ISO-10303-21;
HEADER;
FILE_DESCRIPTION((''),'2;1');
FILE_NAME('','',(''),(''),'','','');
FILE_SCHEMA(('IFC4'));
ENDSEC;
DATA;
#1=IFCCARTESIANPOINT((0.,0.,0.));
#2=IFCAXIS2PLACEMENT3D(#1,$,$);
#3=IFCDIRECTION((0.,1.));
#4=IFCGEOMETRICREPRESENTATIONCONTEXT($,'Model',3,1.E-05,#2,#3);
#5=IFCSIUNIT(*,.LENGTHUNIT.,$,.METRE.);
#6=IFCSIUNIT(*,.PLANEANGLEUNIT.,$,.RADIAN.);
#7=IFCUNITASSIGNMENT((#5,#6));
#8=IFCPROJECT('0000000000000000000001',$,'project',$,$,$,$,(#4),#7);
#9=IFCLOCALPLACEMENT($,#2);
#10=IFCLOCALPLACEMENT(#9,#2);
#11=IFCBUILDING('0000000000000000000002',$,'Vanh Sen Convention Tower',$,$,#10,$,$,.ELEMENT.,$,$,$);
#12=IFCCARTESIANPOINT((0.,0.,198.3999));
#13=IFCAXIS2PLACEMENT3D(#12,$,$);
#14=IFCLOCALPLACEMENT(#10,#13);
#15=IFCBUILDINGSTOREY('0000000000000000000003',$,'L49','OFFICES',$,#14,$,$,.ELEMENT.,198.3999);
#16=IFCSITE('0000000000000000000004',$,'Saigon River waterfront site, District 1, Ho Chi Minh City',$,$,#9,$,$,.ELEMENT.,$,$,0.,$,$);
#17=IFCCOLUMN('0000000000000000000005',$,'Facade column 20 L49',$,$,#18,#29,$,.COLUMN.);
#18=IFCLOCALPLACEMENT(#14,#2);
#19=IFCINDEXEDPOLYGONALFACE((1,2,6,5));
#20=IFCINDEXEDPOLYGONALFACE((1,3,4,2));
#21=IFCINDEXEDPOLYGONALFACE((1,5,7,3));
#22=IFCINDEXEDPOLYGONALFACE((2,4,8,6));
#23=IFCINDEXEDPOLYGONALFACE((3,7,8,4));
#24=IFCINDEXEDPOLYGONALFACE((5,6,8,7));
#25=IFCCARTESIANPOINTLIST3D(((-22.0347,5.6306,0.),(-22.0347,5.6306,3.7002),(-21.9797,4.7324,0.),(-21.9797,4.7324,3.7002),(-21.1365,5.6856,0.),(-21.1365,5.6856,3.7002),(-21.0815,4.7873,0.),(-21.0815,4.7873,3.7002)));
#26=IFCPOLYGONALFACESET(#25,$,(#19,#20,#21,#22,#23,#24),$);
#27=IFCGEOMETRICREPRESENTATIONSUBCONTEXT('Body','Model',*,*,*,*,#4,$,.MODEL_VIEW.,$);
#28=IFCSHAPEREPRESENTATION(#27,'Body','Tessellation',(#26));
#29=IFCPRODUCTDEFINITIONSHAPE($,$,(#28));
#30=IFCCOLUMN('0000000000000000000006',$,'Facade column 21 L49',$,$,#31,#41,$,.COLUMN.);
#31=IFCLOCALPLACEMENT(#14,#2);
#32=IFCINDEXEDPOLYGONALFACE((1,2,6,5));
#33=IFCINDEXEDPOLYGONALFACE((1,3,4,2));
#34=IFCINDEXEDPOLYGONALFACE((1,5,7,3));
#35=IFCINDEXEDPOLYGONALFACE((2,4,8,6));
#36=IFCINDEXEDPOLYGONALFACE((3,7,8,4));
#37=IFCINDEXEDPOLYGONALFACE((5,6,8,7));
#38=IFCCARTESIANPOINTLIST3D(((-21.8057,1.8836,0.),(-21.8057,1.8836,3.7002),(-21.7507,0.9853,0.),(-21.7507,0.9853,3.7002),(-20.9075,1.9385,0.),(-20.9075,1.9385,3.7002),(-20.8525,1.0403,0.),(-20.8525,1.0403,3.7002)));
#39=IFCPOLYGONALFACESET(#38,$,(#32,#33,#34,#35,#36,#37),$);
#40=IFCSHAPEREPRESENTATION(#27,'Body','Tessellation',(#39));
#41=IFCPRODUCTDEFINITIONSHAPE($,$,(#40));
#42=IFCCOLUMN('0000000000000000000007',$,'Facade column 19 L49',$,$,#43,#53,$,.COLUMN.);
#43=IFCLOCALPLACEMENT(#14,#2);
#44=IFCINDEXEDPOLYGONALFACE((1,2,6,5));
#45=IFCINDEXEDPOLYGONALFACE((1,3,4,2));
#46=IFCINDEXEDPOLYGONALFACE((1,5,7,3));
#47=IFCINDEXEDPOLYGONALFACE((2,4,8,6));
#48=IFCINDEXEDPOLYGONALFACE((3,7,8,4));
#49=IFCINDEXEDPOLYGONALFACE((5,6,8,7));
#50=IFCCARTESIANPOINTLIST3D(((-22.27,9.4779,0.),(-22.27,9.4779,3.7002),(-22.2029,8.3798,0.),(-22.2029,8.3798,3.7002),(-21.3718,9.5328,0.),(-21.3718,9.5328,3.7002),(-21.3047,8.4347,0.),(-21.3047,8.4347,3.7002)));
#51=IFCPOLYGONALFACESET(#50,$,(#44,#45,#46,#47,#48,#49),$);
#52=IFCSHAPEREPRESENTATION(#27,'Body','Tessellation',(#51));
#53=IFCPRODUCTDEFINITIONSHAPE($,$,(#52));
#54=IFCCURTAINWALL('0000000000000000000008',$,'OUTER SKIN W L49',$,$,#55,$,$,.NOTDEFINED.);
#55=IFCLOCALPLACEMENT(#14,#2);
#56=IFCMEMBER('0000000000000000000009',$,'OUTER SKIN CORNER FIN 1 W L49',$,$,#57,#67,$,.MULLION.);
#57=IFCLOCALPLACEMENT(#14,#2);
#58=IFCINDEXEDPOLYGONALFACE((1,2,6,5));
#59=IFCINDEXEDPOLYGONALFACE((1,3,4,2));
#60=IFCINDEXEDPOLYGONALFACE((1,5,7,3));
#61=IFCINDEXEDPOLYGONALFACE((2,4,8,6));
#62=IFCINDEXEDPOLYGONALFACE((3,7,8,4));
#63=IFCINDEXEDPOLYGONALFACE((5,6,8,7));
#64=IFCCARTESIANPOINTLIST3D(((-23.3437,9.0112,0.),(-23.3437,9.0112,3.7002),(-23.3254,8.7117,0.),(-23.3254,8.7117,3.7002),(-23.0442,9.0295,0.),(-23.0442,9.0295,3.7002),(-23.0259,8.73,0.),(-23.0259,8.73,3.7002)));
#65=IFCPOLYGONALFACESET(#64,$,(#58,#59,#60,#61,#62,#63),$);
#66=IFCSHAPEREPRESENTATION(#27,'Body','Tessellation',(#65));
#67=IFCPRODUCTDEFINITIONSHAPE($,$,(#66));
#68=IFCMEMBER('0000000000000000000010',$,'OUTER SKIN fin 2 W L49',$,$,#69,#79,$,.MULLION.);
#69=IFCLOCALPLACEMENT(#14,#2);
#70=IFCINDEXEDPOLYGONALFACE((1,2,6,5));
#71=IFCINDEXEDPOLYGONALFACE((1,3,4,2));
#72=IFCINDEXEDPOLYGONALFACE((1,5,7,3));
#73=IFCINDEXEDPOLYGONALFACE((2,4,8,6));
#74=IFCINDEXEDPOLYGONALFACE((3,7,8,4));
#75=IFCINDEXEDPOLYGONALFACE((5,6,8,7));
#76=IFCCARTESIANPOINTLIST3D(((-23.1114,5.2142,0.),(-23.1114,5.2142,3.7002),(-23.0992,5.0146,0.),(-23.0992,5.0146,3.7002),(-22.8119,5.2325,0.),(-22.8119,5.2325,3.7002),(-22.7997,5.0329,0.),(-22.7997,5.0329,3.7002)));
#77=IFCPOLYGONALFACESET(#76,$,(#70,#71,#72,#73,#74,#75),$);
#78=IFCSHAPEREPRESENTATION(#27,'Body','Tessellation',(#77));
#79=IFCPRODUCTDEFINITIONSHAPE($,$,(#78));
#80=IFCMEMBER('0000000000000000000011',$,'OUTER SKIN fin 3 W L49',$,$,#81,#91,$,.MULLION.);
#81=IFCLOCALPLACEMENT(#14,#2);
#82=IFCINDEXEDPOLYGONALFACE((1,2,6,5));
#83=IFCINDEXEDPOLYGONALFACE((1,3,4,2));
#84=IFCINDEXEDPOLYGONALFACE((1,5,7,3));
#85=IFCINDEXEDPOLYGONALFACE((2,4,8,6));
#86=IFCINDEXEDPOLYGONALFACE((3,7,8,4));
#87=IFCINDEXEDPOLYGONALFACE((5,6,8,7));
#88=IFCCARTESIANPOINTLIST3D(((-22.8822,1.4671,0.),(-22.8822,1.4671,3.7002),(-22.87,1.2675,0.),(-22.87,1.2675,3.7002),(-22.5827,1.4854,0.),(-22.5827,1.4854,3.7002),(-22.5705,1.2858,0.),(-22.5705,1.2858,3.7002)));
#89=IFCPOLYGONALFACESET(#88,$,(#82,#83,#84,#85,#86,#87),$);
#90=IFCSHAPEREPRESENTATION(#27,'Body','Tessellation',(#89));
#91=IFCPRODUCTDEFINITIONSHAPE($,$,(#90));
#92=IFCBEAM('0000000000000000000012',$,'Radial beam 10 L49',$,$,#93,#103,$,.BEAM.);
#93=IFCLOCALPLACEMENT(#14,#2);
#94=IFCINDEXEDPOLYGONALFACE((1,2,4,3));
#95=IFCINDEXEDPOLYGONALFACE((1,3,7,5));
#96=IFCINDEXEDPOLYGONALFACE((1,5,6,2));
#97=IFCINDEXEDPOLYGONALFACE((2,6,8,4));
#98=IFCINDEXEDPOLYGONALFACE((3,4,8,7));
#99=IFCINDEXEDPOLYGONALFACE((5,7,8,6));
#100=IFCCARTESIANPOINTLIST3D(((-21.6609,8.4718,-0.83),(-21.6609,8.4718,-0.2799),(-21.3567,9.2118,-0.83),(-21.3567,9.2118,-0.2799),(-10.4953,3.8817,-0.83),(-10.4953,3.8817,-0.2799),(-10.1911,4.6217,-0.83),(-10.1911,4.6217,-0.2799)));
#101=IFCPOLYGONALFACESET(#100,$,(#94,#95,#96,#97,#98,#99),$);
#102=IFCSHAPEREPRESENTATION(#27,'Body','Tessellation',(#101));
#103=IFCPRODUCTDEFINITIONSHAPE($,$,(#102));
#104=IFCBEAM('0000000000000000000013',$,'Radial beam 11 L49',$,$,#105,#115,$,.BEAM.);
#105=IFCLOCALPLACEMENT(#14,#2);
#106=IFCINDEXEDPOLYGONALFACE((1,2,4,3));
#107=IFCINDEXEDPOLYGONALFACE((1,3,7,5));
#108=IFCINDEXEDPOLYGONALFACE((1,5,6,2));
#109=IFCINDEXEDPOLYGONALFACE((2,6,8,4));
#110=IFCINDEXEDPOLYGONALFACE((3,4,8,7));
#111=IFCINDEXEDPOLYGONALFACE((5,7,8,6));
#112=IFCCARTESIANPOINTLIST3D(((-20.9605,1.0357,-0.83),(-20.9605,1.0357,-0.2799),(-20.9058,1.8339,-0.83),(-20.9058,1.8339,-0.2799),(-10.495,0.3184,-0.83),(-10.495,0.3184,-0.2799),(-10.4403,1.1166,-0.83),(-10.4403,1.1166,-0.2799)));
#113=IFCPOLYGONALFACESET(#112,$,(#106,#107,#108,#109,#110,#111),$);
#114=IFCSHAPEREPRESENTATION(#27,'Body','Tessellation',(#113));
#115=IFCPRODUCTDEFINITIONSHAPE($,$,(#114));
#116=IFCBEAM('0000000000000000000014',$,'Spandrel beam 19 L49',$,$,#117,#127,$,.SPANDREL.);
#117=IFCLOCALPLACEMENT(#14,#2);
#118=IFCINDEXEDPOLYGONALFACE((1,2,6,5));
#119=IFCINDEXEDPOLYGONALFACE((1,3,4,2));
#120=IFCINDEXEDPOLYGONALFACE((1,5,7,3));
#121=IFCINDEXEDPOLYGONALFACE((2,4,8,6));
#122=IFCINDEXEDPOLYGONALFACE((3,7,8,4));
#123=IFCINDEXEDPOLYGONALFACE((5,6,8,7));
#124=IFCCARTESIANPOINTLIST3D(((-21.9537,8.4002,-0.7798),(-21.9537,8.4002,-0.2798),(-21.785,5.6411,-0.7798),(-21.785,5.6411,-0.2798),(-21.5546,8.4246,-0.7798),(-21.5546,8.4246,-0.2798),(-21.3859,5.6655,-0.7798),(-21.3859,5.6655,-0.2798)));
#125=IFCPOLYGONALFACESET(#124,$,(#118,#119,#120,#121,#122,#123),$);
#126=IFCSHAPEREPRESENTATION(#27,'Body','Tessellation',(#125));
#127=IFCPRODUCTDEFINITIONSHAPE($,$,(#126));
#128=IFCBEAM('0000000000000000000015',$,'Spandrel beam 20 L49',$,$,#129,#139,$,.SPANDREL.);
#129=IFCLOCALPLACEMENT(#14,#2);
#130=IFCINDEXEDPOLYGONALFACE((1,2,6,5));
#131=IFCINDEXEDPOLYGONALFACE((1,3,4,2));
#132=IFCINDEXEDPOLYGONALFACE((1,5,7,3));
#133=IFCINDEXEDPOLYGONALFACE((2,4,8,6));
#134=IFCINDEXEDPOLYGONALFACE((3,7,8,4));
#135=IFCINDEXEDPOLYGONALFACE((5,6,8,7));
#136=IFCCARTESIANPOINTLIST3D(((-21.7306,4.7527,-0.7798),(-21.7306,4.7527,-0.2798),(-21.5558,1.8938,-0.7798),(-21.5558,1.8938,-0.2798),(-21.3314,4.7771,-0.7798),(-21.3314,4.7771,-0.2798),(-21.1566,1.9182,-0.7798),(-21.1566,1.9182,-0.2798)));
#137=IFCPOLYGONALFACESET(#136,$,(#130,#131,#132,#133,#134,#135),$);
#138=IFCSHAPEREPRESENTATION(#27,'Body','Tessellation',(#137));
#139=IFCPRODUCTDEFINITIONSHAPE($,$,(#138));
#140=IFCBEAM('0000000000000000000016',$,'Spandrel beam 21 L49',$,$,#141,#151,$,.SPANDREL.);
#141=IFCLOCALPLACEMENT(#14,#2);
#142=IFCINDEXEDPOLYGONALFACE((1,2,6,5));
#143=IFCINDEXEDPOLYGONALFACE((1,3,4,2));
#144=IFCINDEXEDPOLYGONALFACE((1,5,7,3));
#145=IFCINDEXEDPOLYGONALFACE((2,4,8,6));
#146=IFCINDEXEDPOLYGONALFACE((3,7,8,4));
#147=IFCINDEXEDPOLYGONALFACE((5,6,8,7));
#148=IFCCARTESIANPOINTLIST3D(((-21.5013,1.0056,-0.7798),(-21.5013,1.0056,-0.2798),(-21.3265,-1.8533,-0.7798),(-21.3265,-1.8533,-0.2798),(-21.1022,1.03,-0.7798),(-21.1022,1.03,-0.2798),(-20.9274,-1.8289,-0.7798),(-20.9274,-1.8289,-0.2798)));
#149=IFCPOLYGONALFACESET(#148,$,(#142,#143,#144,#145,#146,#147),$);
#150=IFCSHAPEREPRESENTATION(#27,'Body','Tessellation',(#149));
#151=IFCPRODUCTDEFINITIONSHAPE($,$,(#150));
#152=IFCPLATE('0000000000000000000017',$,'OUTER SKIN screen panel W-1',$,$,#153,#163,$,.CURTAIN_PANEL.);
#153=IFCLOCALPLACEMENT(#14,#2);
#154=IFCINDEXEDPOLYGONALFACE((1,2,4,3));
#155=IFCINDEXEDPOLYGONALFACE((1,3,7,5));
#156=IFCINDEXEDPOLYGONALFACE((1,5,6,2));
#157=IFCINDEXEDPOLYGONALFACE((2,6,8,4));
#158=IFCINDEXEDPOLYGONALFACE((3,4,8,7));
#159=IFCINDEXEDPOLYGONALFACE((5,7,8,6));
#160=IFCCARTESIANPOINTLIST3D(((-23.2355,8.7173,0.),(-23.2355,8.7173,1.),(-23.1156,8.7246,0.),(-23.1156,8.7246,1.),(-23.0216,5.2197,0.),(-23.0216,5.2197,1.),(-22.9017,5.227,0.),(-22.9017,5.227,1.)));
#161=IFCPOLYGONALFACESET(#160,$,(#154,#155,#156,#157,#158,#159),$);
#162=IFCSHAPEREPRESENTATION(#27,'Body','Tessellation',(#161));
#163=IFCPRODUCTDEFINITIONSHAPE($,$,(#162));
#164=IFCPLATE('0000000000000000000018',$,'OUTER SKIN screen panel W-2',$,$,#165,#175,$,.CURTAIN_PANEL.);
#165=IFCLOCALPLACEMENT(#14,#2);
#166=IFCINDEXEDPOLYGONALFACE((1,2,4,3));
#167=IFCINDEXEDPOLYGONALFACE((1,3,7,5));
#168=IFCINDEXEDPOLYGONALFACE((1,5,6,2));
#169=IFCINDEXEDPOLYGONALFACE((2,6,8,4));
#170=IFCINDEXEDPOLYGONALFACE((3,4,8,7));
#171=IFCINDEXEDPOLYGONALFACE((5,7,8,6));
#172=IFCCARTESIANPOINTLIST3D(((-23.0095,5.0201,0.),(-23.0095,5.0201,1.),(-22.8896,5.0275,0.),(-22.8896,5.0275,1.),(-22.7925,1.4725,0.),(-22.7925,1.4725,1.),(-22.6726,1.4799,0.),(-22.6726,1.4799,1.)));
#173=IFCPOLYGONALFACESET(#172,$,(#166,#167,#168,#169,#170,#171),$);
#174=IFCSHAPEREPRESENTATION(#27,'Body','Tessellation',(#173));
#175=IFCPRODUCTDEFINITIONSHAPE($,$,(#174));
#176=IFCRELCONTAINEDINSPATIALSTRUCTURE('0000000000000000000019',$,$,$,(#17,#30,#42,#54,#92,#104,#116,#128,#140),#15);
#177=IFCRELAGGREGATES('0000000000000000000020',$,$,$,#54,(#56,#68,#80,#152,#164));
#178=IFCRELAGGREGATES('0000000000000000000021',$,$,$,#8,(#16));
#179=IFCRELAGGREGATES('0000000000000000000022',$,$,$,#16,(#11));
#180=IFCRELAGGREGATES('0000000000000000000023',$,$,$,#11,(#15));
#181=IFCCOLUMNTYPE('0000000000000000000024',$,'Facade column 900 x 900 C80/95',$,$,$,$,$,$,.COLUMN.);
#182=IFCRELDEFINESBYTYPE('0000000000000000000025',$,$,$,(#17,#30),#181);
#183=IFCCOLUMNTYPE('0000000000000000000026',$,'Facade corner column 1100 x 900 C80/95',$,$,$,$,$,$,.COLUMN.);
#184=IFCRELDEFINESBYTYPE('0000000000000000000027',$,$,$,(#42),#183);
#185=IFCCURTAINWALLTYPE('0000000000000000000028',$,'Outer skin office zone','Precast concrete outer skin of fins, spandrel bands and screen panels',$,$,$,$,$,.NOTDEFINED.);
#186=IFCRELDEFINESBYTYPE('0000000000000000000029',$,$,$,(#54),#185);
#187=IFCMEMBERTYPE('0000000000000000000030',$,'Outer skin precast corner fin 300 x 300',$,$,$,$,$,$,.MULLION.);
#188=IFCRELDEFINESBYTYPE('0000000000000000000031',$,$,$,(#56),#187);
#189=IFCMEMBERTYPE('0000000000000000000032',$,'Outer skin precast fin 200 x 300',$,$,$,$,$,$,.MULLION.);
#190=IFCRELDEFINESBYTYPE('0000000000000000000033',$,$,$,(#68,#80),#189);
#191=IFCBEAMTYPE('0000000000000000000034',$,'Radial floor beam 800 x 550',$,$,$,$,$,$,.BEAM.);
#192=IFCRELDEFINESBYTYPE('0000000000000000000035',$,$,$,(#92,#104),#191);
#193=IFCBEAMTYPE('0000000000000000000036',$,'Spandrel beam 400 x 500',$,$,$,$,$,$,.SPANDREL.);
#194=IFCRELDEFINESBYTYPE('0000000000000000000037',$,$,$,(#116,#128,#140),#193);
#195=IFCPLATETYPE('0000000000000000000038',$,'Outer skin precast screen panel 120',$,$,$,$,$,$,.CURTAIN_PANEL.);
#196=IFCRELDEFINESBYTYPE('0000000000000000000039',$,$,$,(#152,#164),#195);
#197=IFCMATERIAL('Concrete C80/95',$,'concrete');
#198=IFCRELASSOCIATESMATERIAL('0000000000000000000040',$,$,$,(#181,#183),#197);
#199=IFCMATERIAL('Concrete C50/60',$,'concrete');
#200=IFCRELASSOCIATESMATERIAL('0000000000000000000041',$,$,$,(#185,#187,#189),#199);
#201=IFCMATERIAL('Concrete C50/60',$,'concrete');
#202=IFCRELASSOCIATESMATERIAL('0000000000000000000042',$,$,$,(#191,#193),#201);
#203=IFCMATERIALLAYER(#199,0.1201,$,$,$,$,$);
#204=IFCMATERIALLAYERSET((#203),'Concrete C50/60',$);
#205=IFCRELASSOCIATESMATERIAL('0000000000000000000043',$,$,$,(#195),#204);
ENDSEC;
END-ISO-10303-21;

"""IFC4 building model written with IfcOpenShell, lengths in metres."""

from ifc_helpers import new_model, si_unit, direction, frame, origin, origin_2d, place, context, subcontext, project, spatial, rectangle, extrude, material, layer, layer_set, material_profile, profile_set, type_object, element, aggregate, save


model = new_model("IFC4")

# Units and contexts
model_context = context("Model", 3, precision=1e-05, world=origin(), true_north=direction((0.0, 1.0)))
body_context = subcontext(model_context, "Body", "Model", "MODEL_VIEW")
ifc_project = project(units=[si_unit("LENGTHUNIT", "METRE"), si_unit("PLANEANGLEUNIT", "RADIAN")], contexts=[model_context])

# Site, building, storey
site_placement = place(None, origin())
site = spatial("IfcSite", under=ifc_project, at=site_placement, Name="Saigon River waterfront site, District 1, Ho Chi Minh City", CompositionType="ELEMENT", RefElevation=0.0)
building_placement = place(site_placement, origin())
building = spatial("IfcBuilding", under=site, at=building_placement, Name="Vanh Sen Convention Tower", CompositionType="ELEMENT")
storey_placement = place(building_placement, frame((0.0, 0.0, 198.3999)))
storey = spatial("IfcBuildingStorey", under=building, at=storey_placement, Name="L49", Description="OFFICES", CompositionType="ELEMENT", Elevation=198.3999)

# Columns
ifc_material_1 = material(Name="Concrete C80/95", Category="concrete")
ifc_material_profile_1 = material_profile(ifc_material_1, rectangle(XDim=0.8999, YDim=0.8999, at=origin_2d()), Name="RC 900X900")
ifc_profile_set_1 = profile_set([ifc_material_profile_1], Name="Concrete C80/95")
column_type_1 = type_object("IfcColumnType", Name="Facade column 900 x 900 C80/95", PredefinedType="COLUMN", material=ifc_profile_set_1)
for number, where, z_axis, x_axis, name in (
    (1, (-21.5581, 5.209, 0.0), (0.0, 0.0, 1.0), (0.061049, -0.998135, 0.0), "Facade column 20 L49"),
    (2, (-21.3291, 1.4619, 0.0), (0.0, 0.0, 1.0), (0.061049, -0.998135, 0.0), "Facade column 21 L49"),
):
    element("IfcColumn", number, at=place(storey_placement, frame(where, z_axis=z_axis, x_axis=x_axis)), inside=storey, type_object=column_type_1, Name=name, PredefinedType="COLUMN", context=body_context, shape_type="SweptSolid", body=[
        extrude(rectangle(XDim=0.8999, YDim=0.8999, at=origin_2d()), origin(), (0.0, 0.0, 1.0), 3.7002),
    ])
ifc_material_profile_2 = material_profile(ifc_material_1, rectangle(XDim=1.1001, YDim=0.8999, at=origin_2d()), Name="RC 1100X900")
ifc_profile_set_2 = profile_set([ifc_material_profile_2], Name="Concrete C80/95")
column_type_2 = type_object("IfcColumnType", Name="Facade corner column 1100 x 900 C80/95", PredefinedType="COLUMN", material=ifc_profile_set_2)
column_placement = place(storey_placement, frame((-21.7874, 8.9563, 0.0), z_axis=(0.0, 0.0, 1.0), x_axis=(0.061049, -0.998135, 0.0)))
element("IfcColumn", 3, at=column_placement, inside=storey, type_object=column_type_2, Name="Facade column 19 L49", PredefinedType="COLUMN", context=body_context, shape_type="SweptSolid", body=[
    extrude(rectangle(XDim=1.1001, YDim=0.8999, at=origin_2d()), origin(), (0.0, 0.0, 1.0), 3.7002),
])

# Curtain wall, members
ifc_material_2 = material(Name="Concrete C50/60", Category="concrete")
curtain_wall_type = type_object("IfcCurtainWallType", Name="Outer skin office zone", Description="Precast concrete outer skin of fins, spandrel bands and screen panels", PredefinedType="NOTDEFINED", material=ifc_material_2)
curtain_wall_placement = place(storey_placement, origin())
curtain_wall = element("IfcCurtainWall", 4, at=curtain_wall_placement, inside=storey, type_object=curtain_wall_type, Name="OUTER SKIN W L49", PredefinedType="NOTDEFINED")
ifc_material_profile_3 = material_profile(ifc_material_2, rectangle(XDim=0.3, YDim=0.3, at=origin_2d()), Name="Outer skin precast corner fin 300 x 300")
ifc_profile_set_3 = profile_set([ifc_material_profile_3], Name="Concrete C50/60")
member_type_1 = type_object("IfcMemberType", Name="Outer skin precast corner fin 300 x 300", PredefinedType="MULLION", material=ifc_profile_set_3)
member_1_placement = place(storey_placement, frame((-23.1848, 8.8706, 0.0), z_axis=(0.0, 0.0, 1.0), x_axis=(0.061049, -0.998135, 0.0)))
member_1 = element("IfcMember", 5, at=member_1_placement, type_object=member_type_1, Name="OUTER SKIN CORNER FIN 1 W L49", PredefinedType="MULLION", context=body_context, shape_type="SweptSolid", body=[
    extrude(rectangle(XDim=0.3, YDim=0.3, at=origin_2d()), origin(), (0.0, 0.0, 1.0), 3.7002),
])
ifc_material_profile_4 = material_profile(ifc_material_2, rectangle(XDim=0.2, YDim=0.3, at=origin_2d()), Name="Outer skin precast fin 200 x 300")
ifc_profile_set_4 = profile_set([ifc_material_profile_4], Name="Concrete C50/60")
member_type_2 = type_object("IfcMemberType", Name="Outer skin precast fin 200 x 300", PredefinedType="MULLION", material=ifc_profile_set_4)
member_2_placement = place(storey_placement, frame((-22.9556, 5.1235, 0.0), z_axis=(0.0, 0.0, 1.0), x_axis=(0.061049, -0.998135, 0.0)))
member_2 = element("IfcMember", 6, at=member_2_placement, type_object=member_type_2, Name="OUTER SKIN fin 2 W L49", PredefinedType="MULLION", context=body_context, shape_type="SweptSolid", body=[
    extrude(rectangle(XDim=0.2, YDim=0.3, at=origin_2d()), origin(), (0.0, 0.0, 1.0), 3.7002),
])
member_3_placement = place(storey_placement, frame((-22.7263, 1.3765, 0.0), z_axis=(0.0, 0.0, 1.0), x_axis=(0.061049, -0.998135, 0.0)))
member_3 = element("IfcMember", 7, at=member_3_placement, type_object=member_type_2, Name="OUTER SKIN fin 3 W L49", PredefinedType="MULLION", context=body_context, shape_type="SweptSolid", body=[
    extrude(rectangle(XDim=0.2, YDim=0.3, at=origin_2d()), origin(), (0.0, 0.0, 1.0), 3.7002),
])

# Beams
ifc_material_3 = material(Name="Concrete C50/60", Category="concrete")
ifc_material_profile_5 = material_profile(ifc_material_3, rectangle(XDim=0.8, YDim=0.55, at=origin_2d()), Name="RC 800X550")
ifc_profile_set_5 = profile_set([ifc_material_profile_5], Name="Concrete C50/60")
beam_type_1 = type_object("IfcBeamType", Name="Radial floor beam 800 x 550", PredefinedType="BEAM", material=ifc_profile_set_5)
beam_1_placement = place(storey_placement, frame((-21.5088, 8.8418, -0.5549), z_axis=(0.924896, -0.38022, 0.0), x_axis=(0.38022, 0.924896, 0.0)))
element("IfcBeam", 8, at=beam_1_placement, inside=storey, type_object=beam_type_1, Name="Radial beam 10 L49", PredefinedType="BEAM", context=body_context, shape_type="SweptSolid", body=[
    extrude(rectangle(XDim=0.8, YDim=0.55, at=origin_2d()), origin(), (0.0, 0.0, 1.0), 12.0723),
])
beam_2_placement = place(storey_placement, frame((-20.9331, 1.4348, -0.5549), z_axis=(0.997659, -0.068379, 0.0), x_axis=(0.068379, 0.997659, 0.0)))
element("IfcBeam", 9, at=beam_2_placement, inside=storey, type_object=beam_type_1, Name="Radial beam 11 L49", PredefinedType="BEAM", context=body_context, shape_type="SweptSolid", body=[
    extrude(rectangle(XDim=0.8, YDim=0.55, at=origin_2d()), origin(), (0.0, 0.0, 1.0), 10.49),
])
ifc_material_profile_6 = material_profile(ifc_material_3, rectangle(XDim=0.3999, YDim=0.5, at=origin_2d()), Name="RC 400X500")
ifc_profile_set_6 = profile_set([ifc_material_profile_6], Name="Concrete C50/60")
beam_type_2 = type_object("IfcBeamType", Name="Spandrel beam 400 x 500", PredefinedType="SPANDREL", material=ifc_profile_set_6)
beam_3_placement = place(storey_placement, frame((-21.7542, 8.4124, -0.5298), z_axis=(0.061031, -0.998136, 0.0), x_axis=(0.998136, 0.061031, 0.0)))
element("IfcBeam", 10, at=beam_3_placement, inside=storey, type_object=beam_type_2, Name="Spandrel beam 19 L49", PredefinedType="SPANDREL", context=body_context, shape_type="SweptSolid", body=[
    extrude(rectangle(XDim=0.3999, YDim=0.5, at=origin_2d()), origin(), (0.0, 0.0, 1.0), 2.7642),
])
for number, where, z_axis, x_axis, name in (
    (11, (-21.531, 4.7649, -0.5298), (0.06103, -0.998136, 0.0), (0.998136, 0.06103, 0.0), "Spandrel beam 20 L49"),
    (12, (-21.3018, 1.0178, -0.5298), (0.06103, -0.998136, 0.0), (0.998136, 0.06103, 0.0), "Spandrel beam 21 L49"),
):
    element("IfcBeam", number, at=place(storey_placement, frame(where, z_axis=z_axis, x_axis=x_axis)), inside=storey, type_object=beam_type_2, Name=name, PredefinedType="SPANDREL", context=body_context, shape_type="SweptSolid", body=[
        extrude(rectangle(XDim=0.3999, YDim=0.5, at=origin_2d()), origin(), (0.0, 0.0, 1.0), 2.8643),
    ])

# Plates
ifc_layer_1 = layer(ifc_material_2, 0.1201)
ifc_layer_set_1 = layer_set([ifc_layer_1], Name="Concrete C50/60")
plate_type = type_object("IfcPlateType", Name="Outer skin precast screen panel 120", PredefinedType="CURTAIN_PANEL", material=ifc_layer_set_1)
plate_1_placement = place(storey_placement, frame((-23.0686, 6.9722, 0.0), z_axis=(0.0, 0.0, 1.0), x_axis=(0.061054, -0.998134, 0.0)))
plate_1 = element("IfcPlate", 13, at=plate_1_placement, type_object=plate_type, Name="OUTER SKIN screen panel W-1", PredefinedType="CURTAIN_PANEL", context=body_context, shape_type="SweptSolid", body=[
    extrude(rectangle(XDim=3.5042, YDim=0.1201, at=origin_2d()), origin(), (0.0, 0.0, 1.0), 1.0),
])
plate_2_placement = place(storey_placement, frame((-22.8411, 3.25, 0.0), z_axis=(0.0, 0.0, 1.0), x_axis=(0.061052, -0.998135, 0.0)))
plate_2 = element("IfcPlate", 14, at=plate_2_placement, type_object=plate_type, Name="OUTER SKIN screen panel W-2", PredefinedType="CURTAIN_PANEL", context=body_context, shape_type="SweptSolid", body=[
    extrude(rectangle(XDim=3.5542, YDim=0.1201, at=origin_2d()), origin(), (0.0, 0.0, 1.0), 1.0),
])
aggregate(curtain_wall, [member_1, member_2, member_3, plate_1, plate_2])

save(model, "model.ifc")
